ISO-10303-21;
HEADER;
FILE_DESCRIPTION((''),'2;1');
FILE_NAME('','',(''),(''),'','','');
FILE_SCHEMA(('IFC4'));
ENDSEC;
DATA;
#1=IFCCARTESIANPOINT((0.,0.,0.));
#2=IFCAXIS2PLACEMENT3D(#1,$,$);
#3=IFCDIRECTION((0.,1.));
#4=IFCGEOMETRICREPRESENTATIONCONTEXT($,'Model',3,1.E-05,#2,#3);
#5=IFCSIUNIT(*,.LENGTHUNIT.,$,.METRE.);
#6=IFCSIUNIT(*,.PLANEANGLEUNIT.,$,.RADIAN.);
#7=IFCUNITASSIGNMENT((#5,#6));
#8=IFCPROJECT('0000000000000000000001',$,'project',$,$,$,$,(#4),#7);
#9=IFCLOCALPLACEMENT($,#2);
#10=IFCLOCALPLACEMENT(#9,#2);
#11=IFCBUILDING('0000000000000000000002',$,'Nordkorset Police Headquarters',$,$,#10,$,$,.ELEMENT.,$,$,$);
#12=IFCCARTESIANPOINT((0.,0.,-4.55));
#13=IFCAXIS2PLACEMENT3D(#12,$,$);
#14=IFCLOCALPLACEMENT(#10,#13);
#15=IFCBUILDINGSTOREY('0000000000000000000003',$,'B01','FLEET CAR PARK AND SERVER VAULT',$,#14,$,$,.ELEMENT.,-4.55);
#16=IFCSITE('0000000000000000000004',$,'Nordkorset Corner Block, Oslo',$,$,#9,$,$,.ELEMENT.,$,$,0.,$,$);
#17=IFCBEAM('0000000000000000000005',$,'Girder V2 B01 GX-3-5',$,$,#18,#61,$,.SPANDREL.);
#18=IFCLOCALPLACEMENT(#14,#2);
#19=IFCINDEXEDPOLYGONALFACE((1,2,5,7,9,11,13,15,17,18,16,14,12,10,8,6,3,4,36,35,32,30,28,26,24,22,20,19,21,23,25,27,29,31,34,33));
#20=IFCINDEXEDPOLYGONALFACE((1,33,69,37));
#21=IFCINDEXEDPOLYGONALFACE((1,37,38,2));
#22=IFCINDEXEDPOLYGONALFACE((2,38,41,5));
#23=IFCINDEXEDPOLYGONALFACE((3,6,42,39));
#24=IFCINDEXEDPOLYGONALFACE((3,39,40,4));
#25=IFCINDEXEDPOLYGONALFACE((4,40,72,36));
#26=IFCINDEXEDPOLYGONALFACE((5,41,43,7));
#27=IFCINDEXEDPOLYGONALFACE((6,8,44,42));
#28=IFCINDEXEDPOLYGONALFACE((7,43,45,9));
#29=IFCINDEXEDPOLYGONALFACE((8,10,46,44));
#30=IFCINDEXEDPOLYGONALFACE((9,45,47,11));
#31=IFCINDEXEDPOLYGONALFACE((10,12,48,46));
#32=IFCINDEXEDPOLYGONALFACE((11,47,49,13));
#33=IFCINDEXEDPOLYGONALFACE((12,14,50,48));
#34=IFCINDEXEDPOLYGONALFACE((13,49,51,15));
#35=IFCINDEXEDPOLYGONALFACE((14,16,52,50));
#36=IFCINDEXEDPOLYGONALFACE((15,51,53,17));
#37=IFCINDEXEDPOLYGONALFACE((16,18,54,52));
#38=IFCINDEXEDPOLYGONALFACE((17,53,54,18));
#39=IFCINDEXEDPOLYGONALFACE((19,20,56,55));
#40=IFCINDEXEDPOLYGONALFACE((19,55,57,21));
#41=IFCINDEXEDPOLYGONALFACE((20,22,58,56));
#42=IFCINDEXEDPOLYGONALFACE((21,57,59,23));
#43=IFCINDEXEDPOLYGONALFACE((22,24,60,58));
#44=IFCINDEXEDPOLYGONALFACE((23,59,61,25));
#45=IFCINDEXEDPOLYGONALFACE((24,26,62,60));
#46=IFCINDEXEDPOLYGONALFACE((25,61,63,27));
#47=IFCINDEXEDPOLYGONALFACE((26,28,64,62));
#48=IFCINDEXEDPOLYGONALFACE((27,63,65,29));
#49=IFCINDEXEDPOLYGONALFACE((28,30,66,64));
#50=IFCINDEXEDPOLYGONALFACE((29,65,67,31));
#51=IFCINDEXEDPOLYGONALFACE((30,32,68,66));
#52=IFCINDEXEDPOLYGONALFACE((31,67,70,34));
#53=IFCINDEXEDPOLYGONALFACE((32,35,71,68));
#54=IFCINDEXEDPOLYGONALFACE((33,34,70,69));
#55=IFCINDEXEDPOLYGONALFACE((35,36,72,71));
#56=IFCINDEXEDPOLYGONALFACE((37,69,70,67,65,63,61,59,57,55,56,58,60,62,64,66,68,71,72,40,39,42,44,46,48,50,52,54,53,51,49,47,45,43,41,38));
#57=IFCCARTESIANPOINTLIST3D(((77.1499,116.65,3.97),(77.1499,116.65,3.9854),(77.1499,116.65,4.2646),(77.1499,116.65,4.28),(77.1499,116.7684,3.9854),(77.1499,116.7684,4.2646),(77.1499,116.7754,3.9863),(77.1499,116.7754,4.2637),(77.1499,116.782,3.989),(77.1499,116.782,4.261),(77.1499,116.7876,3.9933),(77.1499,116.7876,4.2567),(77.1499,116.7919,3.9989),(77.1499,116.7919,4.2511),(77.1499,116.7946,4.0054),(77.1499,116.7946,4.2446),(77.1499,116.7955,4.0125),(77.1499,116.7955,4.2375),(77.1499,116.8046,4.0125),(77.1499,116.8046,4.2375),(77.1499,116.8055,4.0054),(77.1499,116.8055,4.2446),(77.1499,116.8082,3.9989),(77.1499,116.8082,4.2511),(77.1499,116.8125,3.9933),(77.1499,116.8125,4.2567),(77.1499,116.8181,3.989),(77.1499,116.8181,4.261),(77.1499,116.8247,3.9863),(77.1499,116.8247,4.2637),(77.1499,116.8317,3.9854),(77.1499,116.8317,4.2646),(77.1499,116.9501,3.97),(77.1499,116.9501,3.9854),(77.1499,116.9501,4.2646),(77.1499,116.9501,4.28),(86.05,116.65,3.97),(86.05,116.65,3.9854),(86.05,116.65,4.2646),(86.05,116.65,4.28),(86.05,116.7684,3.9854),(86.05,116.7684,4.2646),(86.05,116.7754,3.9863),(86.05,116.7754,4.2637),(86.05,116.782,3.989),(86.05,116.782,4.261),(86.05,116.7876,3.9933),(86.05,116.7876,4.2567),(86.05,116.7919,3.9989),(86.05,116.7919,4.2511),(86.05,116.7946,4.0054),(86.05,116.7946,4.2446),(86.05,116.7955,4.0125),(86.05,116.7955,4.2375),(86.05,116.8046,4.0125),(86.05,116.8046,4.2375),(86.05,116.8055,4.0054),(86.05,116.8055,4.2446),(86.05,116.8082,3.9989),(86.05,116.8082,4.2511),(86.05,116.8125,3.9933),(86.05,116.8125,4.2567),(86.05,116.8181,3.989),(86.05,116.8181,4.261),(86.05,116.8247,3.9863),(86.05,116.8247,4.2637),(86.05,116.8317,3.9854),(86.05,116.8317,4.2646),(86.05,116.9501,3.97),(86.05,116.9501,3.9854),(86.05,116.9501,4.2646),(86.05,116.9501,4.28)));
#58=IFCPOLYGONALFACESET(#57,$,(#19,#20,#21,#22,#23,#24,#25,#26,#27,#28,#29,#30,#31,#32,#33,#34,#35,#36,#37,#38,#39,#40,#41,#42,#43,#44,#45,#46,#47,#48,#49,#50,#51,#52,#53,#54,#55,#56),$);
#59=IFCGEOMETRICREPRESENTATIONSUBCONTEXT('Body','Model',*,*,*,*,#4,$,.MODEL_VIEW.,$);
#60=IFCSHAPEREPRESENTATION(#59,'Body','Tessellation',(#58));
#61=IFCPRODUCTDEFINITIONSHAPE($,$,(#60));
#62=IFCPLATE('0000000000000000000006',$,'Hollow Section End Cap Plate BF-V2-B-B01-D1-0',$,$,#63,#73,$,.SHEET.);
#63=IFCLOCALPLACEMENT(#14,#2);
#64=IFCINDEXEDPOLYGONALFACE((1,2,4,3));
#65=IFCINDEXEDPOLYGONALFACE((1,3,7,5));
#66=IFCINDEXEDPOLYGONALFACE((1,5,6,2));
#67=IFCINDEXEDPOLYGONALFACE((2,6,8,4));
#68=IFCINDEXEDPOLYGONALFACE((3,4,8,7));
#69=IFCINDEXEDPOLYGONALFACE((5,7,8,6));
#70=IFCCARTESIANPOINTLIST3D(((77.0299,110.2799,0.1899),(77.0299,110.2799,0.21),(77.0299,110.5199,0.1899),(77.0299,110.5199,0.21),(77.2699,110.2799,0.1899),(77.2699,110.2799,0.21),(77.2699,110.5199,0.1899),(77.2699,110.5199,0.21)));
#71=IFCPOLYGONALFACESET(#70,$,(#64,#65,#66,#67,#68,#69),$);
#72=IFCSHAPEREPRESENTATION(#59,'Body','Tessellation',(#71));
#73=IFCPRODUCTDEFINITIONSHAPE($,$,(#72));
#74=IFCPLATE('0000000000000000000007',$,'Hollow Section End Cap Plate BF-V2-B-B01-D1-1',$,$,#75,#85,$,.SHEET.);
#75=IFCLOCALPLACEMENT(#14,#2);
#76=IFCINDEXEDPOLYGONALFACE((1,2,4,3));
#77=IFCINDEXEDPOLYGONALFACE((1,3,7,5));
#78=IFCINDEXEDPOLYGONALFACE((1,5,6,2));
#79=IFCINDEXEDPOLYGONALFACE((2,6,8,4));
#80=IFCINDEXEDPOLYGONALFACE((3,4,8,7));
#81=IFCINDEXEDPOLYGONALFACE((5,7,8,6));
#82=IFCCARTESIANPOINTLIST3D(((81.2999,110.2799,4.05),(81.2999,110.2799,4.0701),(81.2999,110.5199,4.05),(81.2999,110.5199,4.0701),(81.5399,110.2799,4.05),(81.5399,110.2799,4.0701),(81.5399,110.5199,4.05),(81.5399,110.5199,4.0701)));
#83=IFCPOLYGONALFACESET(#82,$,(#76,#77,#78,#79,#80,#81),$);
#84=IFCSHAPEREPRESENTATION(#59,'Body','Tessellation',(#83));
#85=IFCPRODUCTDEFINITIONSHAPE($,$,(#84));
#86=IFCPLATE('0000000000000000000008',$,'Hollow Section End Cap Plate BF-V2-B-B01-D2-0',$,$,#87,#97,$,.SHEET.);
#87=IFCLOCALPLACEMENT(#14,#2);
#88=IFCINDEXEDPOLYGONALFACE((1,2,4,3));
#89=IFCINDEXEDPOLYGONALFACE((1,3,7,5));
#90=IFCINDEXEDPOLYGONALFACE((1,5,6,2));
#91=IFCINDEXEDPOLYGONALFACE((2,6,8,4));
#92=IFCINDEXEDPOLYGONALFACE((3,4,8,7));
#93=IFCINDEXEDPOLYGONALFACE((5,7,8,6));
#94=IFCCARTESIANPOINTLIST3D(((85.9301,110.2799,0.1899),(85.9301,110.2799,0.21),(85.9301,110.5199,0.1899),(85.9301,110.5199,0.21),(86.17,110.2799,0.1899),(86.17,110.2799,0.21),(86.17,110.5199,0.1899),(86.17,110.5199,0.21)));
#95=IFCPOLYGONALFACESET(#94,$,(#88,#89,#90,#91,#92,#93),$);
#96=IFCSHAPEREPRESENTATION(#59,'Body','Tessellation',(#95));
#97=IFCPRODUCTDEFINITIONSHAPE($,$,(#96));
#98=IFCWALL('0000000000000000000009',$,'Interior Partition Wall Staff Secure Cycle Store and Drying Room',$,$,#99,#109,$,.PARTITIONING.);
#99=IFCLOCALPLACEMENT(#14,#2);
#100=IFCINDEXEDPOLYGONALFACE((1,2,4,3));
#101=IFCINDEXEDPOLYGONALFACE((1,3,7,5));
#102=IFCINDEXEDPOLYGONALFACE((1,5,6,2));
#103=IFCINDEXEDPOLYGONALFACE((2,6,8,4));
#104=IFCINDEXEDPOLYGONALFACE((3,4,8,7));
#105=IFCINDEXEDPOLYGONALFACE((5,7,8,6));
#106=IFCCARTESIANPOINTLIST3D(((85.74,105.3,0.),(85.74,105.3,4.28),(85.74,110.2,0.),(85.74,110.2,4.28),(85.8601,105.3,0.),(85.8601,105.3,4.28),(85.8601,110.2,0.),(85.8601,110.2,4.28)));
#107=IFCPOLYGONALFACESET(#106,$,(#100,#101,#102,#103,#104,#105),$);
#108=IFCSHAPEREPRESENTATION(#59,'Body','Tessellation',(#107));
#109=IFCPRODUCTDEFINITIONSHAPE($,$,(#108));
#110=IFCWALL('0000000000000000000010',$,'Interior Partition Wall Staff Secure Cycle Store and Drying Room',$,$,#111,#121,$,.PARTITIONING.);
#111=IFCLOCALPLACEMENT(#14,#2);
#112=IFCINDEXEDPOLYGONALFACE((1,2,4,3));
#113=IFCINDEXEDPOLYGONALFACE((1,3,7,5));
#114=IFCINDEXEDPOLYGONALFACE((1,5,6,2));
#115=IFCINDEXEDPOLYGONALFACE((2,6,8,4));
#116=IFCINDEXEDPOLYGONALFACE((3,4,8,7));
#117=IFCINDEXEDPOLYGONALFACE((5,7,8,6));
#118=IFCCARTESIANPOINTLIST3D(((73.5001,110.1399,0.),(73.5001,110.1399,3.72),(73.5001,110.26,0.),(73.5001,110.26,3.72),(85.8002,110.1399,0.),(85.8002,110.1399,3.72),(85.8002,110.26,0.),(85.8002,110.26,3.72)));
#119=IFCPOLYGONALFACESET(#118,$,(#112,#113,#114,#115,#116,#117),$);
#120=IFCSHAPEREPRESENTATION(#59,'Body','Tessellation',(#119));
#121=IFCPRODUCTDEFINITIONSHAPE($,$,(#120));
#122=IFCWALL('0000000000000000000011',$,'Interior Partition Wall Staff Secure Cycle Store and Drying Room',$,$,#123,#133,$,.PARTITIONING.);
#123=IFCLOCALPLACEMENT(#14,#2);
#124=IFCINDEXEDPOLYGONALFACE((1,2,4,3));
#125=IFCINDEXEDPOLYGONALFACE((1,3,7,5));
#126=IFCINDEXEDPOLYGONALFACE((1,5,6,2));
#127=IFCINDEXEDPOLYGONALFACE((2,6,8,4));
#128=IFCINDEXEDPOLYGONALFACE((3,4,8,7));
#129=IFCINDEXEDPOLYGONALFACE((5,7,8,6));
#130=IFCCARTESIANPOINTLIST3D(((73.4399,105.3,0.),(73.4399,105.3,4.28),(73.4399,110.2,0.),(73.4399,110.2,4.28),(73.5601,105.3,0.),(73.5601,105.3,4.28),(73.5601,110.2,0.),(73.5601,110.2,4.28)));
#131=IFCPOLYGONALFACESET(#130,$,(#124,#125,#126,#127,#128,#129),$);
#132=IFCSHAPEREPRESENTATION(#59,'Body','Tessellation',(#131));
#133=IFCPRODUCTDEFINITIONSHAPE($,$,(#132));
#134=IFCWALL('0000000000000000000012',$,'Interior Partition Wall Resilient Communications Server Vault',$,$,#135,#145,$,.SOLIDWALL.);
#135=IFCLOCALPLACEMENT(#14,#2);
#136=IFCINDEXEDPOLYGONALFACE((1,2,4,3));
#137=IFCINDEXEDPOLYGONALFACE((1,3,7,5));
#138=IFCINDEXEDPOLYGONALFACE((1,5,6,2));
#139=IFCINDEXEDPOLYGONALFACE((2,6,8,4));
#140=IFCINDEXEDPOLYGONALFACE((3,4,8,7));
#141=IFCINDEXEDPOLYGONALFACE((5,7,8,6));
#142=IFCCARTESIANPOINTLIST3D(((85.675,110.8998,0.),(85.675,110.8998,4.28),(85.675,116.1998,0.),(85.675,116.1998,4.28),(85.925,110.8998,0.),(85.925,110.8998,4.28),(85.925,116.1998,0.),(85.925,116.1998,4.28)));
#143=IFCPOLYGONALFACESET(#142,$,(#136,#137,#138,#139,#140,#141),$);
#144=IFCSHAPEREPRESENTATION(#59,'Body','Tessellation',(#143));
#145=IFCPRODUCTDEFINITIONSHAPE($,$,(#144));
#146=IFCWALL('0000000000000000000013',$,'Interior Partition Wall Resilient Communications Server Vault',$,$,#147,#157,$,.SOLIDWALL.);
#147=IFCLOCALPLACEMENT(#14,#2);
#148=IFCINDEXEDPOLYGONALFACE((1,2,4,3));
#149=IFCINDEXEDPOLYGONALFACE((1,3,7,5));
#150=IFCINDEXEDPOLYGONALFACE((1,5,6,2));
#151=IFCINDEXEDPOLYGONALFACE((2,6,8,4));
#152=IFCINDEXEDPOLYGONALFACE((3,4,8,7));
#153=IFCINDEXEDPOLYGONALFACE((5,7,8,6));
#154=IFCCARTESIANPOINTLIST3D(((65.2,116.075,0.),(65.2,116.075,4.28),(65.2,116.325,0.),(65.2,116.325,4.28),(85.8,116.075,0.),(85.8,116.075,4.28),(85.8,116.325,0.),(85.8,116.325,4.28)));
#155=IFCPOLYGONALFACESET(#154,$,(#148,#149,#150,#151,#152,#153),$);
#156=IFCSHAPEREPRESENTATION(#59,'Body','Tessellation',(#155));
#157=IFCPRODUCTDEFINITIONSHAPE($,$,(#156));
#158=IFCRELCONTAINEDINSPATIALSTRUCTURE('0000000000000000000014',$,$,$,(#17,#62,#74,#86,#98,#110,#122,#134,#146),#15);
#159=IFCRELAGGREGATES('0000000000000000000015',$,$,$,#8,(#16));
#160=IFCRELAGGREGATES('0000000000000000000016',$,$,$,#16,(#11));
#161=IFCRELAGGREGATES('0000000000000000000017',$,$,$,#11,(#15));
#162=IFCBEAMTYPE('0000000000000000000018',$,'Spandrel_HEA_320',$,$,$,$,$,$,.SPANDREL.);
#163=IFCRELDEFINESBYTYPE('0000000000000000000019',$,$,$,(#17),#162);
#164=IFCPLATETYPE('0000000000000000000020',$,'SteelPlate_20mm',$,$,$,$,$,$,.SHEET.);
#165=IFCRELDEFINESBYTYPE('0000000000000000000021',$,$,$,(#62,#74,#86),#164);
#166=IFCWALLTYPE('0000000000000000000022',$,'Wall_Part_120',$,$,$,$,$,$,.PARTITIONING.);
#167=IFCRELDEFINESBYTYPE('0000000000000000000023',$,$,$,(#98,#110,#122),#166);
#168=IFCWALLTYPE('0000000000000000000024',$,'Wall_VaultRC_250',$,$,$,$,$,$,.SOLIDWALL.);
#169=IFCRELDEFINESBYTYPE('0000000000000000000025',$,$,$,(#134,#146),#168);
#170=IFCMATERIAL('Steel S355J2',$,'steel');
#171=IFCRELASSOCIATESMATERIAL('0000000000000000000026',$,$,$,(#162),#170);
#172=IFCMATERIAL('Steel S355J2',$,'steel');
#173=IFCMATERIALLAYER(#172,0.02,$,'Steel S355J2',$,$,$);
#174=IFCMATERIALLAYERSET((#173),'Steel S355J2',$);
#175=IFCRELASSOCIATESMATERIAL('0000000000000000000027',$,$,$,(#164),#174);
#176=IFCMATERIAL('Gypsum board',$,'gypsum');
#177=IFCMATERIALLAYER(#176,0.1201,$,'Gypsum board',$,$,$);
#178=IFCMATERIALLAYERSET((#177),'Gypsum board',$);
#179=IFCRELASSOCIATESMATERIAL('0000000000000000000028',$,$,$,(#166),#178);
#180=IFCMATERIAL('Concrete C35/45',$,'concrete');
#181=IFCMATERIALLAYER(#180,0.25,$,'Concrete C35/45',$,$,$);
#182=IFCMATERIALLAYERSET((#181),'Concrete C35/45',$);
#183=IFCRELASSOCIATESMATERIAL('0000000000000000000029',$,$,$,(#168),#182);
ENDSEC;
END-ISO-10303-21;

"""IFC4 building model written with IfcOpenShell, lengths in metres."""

from ifc_helpers import new_model, si_unit, direction, frame, frame_2d, origin, origin_2d, place, context, subcontext, project, spatial, rectangle, i_section, extrude, material, layer, layer_set, material_profile, profile_set, type_object, element, save


model = new_model("IFC4")

# Units and contexts
model_context = context("Model", 3, precision=1e-05, world=origin(), true_north=direction((0.0, 1.0)))
body_context = subcontext(model_context, "Body", "Model", "MODEL_VIEW")
ifc_project = project(units=[si_unit("LENGTHUNIT", "METRE"), si_unit("PLANEANGLEUNIT", "RADIAN")], contexts=[model_context])

# Site, building, storey
site_placement = place(None, origin())
site = spatial("IfcSite", under=ifc_project, at=site_placement, Name="Nordkorset Corner Block, Oslo", CompositionType="ELEMENT", RefElevation=0.0)
building_placement = place(site_placement, origin())
building = spatial("IfcBuilding", under=site, at=building_placement, Name="Nordkorset Police Headquarters", CompositionType="ELEMENT")
storey_placement = place(building_placement, frame((0.0, 0.0, -4.55)))
storey = spatial("IfcBuildingStorey", under=building, at=storey_placement, Name="B01", Description="FLEET CAR PARK AND SERVER VAULT", CompositionType="ELEMENT", Elevation=-4.55)

# Beam
ifc_material_1 = material(Name="Steel S355J2", Category="steel")
ifc_material_profile_1 = material_profile(ifc_material_1, i_section(OverallWidth=0.3, OverallDepth=0.3101, WebThickness=0.009, FlangeThickness=0.0154, FilletRadius=0.0271, at=origin_2d()), Name="HEA 320")
ifc_profile_set_1 = profile_set([ifc_material_profile_1], Name="Steel S355J2")
beam_type_1 = type_object("IfcBeamType", Name="Spandrel_HEA_320", PredefinedType="SPANDREL", material=ifc_profile_set_1)
beam_1_placement = place(storey_placement, frame((77.1499, 116.8, 4.125), z_axis=(1.0, 0.0, 0.0), x_axis=(0.0, 1.0, 0.0)))
element("IfcBeam", 1, at=beam_1_placement, inside=storey, type_object=beam_type_1, Name="Girder V2 B01 GX-3-5", PredefinedType="SPANDREL", context=body_context, shape_type="SweptSolid", body=[
    extrude(i_section(OverallWidth=0.3, OverallDepth=0.3101, WebThickness=0.009, FlangeThickness=0.0154, FilletRadius=0.0271, at=origin_2d()), origin(), (0.0, 0.0, 1.0), 8.9001),
])

# Plates
ifc_material_2 = material(Name="Steel S355J2", Category="steel")
ifc_layer_1 = layer(ifc_material_2, 0.02, Name="Steel S355J2")
ifc_layer_set_1 = layer_set([ifc_layer_1], Name="Steel S355J2")
plate_type = type_object("IfcPlateType", Name="SteelPlate_20mm", PredefinedType="SHEET", material=ifc_layer_set_1)
for number, where, z_axis, x_axis, name in (
    (2, (77.1499, 110.3999, 0.1899), (0.0, 0.0, 1.0), (1.0, 0.0, 0.0), "Hollow Section End Cap Plate BF-V2-B-B01-D1-0"),
    (3, (81.4199, 110.3999, 4.05), (0.0, 0.0, 1.0), (1.0, 0.0, 0.0), "Hollow Section End Cap Plate BF-V2-B-B01-D1-1"),
    (4, (86.05, 110.3999, 0.1899), (0.0, 0.0, 1.0), (1.0, 0.0, 0.0), "Hollow Section End Cap Plate BF-V2-B-B01-D2-0"),
):
    element("IfcPlate", number, at=place(storey_placement, frame(where, z_axis=z_axis, x_axis=x_axis)), inside=storey, type_object=plate_type, Name=name, PredefinedType="SHEET", context=body_context, shape_type="SweptSolid", body=[
        extrude(rectangle(XDim=0.24, YDim=0.24, at=origin_2d()), origin(), (0.0, 0.0, 1.0), 0.02),
    ])

# Walls
ifc_material_3 = material(Name="Gypsum board", Category="gypsum")
ifc_layer_2 = layer(ifc_material_3, 0.1201, Name="Gypsum board")
ifc_layer_set_2 = layer_set([ifc_layer_2], Name="Gypsum board")
wall_type_1 = type_object("IfcWallType", Name="Wall_Part_120", PredefinedType="PARTITIONING", material=ifc_layer_set_2)
wall_1_placement = place(storey_placement, frame((85.8, 105.3, 0.0), z_axis=(0.0, 0.0, 1.0), x_axis=(0.0, 1.0, 0.0)))
element("IfcWall", 5, at=wall_1_placement, inside=storey, type_object=wall_type_1, Name="Interior Partition Wall Staff Secure Cycle Store and Drying Room", PredefinedType="PARTITIONING", context=body_context, shape_type="SweptSolid", body=[
    extrude(rectangle(XDim=4.8999, YDim=0.1201, at=frame_2d((2.45, 0.0))), origin(), (0.0, 0.0, 1.0), 4.28),
])
wall_2_placement = place(storey_placement, frame((85.8, 110.2, 0.0), z_axis=(0.0, 0.0, 1.0), x_axis=(-1.0, 0.0, 0.0)))
element("IfcWall", 6, at=wall_2_placement, inside=storey, type_object=wall_type_1, Name="Interior Partition Wall Staff Secure Cycle Store and Drying Room", PredefinedType="PARTITIONING", context=body_context, shape_type="SweptSolid", body=[
    extrude(rectangle(XDim=12.3, YDim=0.1201, at=frame_2d((6.1499, 0.0))), origin(), (0.0, 0.0, 1.0), 3.72),
])
wall_3_placement = place(storey_placement, frame((73.5, 110.2, 0.0), z_axis=(0.0, 0.0, 1.0), x_axis=(0.0, -1.0, 0.0)))
element("IfcWall", 7, at=wall_3_placement, inside=storey, type_object=wall_type_1, Name="Interior Partition Wall Staff Secure Cycle Store and Drying Room", PredefinedType="PARTITIONING", context=body_context, shape_type="SweptSolid", body=[
    extrude(rectangle(XDim=4.8999, YDim=0.1201, at=frame_2d((2.45, 0.0))), origin(), (0.0, 0.0, 1.0), 4.28),
])
ifc_material_4 = material(Name="Concrete C35/45", Category="concrete")
ifc_layer_3 = layer(ifc_material_4, 0.25, Name="Concrete C35/45")
ifc_layer_set_3 = layer_set([ifc_layer_3], Name="Concrete C35/45")
wall_type_2 = type_object("IfcWallType", Name="Wall_VaultRC_250", PredefinedType="SOLIDWALL", material=ifc_layer_set_3)
wall_4_placement = place(storey_placement, frame((85.8, 110.8999, 0.0), z_axis=(0.0, 0.0, 1.0), x_axis=(0.0, 1.0, 0.0)))
element("IfcWall", 8, at=wall_4_placement, inside=storey, type_object=wall_type_2, Name="Interior Partition Wall Resilient Communications Server Vault", PredefinedType="SOLIDWALL", context=body_context, shape_type="SweptSolid", body=[
    extrude(rectangle(XDim=5.3, YDim=0.25, at=frame_2d((2.6499, 0.0))), origin(), (0.0, 0.0, 1.0), 4.28),
])
wall_5_placement = place(storey_placement, frame((85.8, 116.2, 0.0), z_axis=(0.0, 0.0, 1.0), x_axis=(-1.0, 0.0, 0.0)))
element("IfcWall", 9, at=wall_5_placement, inside=storey, type_object=wall_type_2, Name="Interior Partition Wall Resilient Communications Server Vault", PredefinedType="SOLIDWALL", context=body_context, shape_type="SweptSolid", body=[
    extrude(rectangle(XDim=20.6001, YDim=0.25, at=frame_2d((10.3, 0.0))), origin(), (0.0, 0.0, 1.0), 4.28),
])

save(model, "model.ifc")
